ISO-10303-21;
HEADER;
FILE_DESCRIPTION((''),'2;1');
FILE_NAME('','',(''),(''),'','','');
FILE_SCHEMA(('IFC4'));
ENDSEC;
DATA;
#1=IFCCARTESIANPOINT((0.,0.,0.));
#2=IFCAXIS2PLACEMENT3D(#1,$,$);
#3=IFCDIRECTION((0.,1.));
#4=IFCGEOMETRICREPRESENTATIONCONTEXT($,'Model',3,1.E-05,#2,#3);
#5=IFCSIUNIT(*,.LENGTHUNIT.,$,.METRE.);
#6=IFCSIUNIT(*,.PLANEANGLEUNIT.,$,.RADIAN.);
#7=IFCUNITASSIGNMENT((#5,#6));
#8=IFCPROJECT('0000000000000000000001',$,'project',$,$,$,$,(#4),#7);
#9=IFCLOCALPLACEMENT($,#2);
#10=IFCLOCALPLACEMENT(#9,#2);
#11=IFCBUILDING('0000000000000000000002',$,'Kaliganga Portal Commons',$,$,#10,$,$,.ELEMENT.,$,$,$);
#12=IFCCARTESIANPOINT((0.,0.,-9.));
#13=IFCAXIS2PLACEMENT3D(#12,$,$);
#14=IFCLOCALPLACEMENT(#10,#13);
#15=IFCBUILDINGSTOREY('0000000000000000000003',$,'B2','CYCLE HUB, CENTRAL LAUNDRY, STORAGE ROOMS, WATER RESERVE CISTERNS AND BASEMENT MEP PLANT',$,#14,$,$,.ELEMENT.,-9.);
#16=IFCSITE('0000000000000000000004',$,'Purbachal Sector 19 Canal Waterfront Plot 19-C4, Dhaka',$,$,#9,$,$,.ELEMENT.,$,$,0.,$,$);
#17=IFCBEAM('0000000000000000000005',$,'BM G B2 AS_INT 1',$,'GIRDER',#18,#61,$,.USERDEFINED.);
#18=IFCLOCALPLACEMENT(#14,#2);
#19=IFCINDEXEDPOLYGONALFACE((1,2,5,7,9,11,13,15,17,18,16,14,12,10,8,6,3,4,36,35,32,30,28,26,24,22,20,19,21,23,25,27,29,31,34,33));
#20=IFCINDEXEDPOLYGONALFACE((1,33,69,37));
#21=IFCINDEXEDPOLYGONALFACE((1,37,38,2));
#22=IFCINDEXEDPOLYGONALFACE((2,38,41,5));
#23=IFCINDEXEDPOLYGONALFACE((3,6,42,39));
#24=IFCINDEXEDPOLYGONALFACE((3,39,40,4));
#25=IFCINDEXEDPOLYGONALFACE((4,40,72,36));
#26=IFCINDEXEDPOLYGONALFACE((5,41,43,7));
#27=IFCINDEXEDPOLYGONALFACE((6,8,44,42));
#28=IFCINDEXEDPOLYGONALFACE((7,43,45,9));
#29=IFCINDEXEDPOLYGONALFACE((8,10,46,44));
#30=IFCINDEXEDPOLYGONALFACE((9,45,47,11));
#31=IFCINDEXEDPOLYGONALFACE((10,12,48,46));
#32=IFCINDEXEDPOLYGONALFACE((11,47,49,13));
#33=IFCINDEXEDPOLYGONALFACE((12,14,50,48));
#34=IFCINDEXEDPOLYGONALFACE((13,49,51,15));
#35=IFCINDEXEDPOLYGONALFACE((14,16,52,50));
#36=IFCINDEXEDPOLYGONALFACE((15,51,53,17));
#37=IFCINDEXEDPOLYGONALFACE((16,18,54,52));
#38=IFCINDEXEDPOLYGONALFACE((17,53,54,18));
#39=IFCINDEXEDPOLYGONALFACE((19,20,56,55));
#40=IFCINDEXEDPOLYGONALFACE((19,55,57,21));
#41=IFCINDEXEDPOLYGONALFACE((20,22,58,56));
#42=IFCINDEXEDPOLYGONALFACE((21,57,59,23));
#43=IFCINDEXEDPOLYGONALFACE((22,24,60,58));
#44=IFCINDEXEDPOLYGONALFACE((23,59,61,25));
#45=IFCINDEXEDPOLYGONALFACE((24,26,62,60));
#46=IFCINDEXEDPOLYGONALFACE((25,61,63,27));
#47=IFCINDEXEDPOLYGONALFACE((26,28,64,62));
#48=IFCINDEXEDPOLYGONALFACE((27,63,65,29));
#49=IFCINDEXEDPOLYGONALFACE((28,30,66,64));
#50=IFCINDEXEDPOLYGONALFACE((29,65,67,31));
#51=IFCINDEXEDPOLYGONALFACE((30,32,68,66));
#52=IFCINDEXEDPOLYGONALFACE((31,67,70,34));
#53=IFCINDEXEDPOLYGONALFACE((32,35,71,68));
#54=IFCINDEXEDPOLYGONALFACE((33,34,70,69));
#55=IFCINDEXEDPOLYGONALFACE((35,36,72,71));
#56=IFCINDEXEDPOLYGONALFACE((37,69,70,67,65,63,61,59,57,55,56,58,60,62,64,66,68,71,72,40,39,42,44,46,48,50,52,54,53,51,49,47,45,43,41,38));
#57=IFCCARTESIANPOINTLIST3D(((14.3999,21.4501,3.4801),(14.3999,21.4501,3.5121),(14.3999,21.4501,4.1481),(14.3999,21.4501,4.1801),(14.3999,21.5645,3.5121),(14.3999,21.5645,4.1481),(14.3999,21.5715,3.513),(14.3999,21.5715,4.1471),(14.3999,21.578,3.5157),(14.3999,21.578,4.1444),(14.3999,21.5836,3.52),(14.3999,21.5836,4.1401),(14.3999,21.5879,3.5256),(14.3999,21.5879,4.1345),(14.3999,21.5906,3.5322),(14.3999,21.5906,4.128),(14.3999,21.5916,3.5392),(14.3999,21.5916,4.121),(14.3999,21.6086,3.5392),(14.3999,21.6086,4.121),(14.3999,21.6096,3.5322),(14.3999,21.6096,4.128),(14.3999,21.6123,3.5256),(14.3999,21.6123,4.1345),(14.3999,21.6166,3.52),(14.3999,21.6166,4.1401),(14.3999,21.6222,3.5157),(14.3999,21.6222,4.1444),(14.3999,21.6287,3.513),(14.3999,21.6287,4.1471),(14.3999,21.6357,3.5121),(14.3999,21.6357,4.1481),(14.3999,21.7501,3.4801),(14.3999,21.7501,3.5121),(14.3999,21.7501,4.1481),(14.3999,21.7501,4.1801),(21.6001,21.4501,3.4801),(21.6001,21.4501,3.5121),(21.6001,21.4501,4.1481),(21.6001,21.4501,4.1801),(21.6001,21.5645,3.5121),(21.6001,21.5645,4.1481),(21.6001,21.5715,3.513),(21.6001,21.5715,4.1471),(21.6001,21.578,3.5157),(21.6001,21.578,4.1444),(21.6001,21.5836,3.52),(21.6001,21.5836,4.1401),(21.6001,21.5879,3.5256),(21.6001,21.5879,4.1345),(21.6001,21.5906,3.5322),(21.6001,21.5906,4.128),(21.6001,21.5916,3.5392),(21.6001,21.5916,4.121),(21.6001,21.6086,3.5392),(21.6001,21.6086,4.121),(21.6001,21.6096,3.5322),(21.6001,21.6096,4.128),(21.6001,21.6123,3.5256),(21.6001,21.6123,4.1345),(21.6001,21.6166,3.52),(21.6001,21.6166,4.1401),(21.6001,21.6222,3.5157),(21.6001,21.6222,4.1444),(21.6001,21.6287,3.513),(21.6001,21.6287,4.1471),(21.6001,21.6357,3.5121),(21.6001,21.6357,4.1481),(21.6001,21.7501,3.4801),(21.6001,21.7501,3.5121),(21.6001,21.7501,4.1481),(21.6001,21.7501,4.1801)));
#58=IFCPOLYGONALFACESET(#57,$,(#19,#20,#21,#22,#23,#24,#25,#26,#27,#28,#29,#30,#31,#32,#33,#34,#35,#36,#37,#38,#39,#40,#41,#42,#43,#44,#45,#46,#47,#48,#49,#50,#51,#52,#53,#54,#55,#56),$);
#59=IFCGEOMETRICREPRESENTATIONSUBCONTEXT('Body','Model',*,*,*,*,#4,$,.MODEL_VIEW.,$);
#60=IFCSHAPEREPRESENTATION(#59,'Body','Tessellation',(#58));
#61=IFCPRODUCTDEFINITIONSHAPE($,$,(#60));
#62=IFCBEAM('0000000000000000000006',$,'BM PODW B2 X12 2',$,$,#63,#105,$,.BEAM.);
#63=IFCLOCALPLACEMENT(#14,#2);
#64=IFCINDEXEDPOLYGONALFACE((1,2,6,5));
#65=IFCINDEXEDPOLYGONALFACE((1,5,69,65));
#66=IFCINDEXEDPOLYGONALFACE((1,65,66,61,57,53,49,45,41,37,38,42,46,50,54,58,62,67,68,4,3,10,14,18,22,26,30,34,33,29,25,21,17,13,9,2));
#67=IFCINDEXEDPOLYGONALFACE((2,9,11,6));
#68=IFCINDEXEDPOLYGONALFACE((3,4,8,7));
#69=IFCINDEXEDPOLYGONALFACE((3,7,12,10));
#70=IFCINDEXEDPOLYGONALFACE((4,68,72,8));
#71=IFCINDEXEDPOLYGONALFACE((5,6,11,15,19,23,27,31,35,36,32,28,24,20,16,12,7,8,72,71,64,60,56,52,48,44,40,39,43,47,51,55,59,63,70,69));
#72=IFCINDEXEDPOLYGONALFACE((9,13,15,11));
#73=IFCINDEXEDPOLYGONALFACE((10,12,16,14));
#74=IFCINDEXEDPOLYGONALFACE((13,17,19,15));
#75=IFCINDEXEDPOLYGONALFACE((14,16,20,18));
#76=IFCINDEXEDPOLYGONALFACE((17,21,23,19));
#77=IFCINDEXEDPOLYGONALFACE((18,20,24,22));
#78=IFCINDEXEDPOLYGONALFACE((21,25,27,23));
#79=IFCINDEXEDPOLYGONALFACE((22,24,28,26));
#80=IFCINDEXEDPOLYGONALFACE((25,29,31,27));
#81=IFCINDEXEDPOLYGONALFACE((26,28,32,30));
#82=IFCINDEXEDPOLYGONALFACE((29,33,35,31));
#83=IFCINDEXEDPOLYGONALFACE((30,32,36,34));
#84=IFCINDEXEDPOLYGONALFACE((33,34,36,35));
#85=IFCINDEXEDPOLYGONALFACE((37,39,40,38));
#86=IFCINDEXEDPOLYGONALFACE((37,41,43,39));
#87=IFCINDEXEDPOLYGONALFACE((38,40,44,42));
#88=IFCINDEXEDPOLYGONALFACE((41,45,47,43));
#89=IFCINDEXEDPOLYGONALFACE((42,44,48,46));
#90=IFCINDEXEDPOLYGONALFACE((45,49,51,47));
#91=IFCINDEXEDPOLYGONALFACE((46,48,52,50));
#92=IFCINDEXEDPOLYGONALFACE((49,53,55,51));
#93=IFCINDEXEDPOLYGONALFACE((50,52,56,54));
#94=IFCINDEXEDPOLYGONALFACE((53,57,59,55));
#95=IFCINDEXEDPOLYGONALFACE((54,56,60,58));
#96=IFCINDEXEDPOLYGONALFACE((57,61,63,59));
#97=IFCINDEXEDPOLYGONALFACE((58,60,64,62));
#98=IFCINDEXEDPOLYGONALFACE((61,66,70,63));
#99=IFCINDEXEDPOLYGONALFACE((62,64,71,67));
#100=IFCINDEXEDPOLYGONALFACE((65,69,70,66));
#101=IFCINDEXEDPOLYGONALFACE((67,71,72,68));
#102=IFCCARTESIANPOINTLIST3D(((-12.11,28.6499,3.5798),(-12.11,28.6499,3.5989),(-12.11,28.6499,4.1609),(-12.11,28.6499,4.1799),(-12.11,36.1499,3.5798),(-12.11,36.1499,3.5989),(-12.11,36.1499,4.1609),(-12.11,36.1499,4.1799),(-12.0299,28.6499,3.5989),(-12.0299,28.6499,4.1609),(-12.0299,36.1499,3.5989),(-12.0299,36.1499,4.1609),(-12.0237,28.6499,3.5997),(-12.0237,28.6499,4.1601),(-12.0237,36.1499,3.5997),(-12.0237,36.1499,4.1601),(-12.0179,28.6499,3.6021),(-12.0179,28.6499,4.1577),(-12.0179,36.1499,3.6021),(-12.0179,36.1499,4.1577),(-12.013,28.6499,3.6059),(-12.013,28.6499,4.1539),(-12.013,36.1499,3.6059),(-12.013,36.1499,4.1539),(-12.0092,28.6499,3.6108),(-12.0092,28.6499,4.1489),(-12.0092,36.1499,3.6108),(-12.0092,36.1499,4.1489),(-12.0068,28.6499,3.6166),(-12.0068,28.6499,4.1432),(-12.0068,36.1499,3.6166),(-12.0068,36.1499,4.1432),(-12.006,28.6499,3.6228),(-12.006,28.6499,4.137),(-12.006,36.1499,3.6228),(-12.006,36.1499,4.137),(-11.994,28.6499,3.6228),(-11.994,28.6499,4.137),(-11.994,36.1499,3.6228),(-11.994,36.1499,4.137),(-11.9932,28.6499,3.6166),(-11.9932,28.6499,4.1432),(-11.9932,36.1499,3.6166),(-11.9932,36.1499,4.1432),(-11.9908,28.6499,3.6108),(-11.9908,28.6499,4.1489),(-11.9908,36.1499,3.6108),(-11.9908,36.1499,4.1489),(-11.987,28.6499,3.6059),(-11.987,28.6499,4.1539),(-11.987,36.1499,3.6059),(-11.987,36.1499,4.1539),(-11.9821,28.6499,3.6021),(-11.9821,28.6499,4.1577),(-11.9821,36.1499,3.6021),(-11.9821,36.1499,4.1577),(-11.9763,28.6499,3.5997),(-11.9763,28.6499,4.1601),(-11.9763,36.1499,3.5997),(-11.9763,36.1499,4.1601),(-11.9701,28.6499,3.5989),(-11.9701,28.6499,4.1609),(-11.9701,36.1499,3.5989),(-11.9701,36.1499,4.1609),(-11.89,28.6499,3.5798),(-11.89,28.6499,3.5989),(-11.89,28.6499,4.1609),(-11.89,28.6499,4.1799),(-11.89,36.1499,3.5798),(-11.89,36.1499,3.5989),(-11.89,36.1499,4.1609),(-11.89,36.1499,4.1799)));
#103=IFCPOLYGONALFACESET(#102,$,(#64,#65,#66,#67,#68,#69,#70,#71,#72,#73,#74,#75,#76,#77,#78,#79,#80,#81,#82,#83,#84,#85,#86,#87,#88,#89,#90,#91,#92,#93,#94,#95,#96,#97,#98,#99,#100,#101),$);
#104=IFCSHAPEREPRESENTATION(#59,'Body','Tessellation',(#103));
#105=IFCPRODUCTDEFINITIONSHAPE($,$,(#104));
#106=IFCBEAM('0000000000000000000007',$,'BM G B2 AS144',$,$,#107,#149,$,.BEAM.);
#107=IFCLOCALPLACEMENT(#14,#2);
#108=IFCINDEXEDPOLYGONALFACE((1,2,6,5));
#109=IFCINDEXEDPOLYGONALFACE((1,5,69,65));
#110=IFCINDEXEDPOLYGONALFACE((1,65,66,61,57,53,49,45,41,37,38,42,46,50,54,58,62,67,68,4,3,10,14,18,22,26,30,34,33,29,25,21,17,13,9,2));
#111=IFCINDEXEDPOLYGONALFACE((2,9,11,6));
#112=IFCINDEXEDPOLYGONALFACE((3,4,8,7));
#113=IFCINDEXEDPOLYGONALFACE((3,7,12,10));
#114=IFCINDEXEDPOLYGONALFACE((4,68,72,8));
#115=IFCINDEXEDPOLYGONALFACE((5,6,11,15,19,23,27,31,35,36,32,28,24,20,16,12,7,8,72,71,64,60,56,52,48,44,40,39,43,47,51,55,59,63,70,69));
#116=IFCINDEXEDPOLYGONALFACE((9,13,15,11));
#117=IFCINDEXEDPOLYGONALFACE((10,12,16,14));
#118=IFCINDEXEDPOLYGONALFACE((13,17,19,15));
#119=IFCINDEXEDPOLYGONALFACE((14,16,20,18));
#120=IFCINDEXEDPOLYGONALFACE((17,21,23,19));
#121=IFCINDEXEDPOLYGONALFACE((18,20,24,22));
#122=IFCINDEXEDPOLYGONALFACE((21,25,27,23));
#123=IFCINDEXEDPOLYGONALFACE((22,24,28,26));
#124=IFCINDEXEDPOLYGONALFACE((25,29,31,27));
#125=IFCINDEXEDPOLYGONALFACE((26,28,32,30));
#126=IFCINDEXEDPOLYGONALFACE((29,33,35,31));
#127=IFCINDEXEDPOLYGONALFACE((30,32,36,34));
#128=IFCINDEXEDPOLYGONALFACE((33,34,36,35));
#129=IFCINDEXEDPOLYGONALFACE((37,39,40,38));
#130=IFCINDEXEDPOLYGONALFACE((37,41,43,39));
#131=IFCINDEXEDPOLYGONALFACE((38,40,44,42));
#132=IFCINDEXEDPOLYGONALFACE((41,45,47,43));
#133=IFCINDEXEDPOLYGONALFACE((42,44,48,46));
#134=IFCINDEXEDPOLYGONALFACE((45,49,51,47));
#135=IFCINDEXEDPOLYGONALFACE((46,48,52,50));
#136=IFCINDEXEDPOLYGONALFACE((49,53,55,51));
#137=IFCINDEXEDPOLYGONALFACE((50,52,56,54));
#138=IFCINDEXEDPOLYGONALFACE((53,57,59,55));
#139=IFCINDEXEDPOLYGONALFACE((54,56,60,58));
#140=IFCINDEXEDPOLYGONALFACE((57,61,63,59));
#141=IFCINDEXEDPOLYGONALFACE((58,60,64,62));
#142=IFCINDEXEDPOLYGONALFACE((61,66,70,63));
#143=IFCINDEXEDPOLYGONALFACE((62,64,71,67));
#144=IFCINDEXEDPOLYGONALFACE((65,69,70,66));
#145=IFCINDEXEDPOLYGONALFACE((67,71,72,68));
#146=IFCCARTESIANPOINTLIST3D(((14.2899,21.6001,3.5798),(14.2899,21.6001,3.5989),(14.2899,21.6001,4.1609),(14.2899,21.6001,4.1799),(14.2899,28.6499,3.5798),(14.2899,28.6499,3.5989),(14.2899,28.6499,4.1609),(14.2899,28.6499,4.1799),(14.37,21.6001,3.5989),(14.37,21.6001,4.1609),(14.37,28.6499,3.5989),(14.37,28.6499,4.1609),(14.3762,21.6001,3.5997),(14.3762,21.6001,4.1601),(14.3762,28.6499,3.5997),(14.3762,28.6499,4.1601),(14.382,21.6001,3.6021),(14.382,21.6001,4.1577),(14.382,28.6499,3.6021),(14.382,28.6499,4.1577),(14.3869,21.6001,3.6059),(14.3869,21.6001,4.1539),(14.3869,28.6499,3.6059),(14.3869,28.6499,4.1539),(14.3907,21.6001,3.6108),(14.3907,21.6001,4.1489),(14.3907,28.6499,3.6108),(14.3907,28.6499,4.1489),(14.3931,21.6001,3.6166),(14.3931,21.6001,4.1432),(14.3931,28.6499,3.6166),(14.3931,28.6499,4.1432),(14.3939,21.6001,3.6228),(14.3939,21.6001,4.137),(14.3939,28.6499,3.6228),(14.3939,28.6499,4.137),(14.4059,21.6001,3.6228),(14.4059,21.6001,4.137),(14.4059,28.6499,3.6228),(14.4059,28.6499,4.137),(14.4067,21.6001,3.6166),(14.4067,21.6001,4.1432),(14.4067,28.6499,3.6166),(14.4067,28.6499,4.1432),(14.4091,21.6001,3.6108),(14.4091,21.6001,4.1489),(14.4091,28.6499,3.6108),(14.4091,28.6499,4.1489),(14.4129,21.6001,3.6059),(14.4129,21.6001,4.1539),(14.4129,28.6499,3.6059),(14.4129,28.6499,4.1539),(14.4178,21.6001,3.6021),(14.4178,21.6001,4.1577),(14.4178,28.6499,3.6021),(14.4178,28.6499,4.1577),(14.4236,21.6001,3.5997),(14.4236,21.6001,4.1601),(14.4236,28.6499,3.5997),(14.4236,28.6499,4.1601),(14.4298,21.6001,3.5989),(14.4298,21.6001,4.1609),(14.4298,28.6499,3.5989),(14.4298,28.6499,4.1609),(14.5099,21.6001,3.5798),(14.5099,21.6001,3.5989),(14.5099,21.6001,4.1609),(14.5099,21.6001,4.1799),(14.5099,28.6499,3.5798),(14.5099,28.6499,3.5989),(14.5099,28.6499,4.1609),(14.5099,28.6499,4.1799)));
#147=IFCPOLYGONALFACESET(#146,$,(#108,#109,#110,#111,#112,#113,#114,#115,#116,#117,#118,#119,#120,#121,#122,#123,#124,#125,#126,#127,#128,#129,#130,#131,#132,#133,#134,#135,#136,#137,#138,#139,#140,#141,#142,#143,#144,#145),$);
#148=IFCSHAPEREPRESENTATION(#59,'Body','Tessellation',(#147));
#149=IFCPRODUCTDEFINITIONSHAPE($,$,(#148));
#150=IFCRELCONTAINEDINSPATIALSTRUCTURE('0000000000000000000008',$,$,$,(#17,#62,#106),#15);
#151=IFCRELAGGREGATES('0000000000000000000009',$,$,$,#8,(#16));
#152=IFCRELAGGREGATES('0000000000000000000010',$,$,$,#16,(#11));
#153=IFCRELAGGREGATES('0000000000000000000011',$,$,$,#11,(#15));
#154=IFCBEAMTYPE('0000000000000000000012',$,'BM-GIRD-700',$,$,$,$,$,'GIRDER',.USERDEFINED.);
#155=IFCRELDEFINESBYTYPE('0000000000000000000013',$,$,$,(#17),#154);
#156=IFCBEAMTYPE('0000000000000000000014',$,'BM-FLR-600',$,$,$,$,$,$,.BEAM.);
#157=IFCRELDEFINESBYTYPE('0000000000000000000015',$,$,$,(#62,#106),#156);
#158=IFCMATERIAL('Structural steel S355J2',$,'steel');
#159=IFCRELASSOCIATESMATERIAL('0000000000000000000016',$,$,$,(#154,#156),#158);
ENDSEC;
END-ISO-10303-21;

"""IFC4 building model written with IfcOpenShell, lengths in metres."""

from ifc_helpers import new_model, si_unit, direction, frame, origin, origin_2d, place, context, subcontext, project, spatial, i_section, extrude, source, transform, mapped, material, material_profile, profile_set, type_object, element, save


model = new_model("IFC4")

# Units and contexts
model_context = context("Model", 3, precision=1e-05, world=origin(), true_north=direction((0.0, 1.0)))
body_context = subcontext(model_context, "Body", "Model", "MODEL_VIEW")
ifc_project = project(units=[si_unit("LENGTHUNIT", "METRE"), si_unit("PLANEANGLEUNIT", "RADIAN")], contexts=[model_context])

# Site, building, storey
site_placement = place(None, origin())
site = spatial("IfcSite", under=ifc_project, at=site_placement, Name="Purbachal Sector 19 Canal Waterfront Plot 19-C4, Dhaka", CompositionType="ELEMENT", RefElevation=0.0)
building_placement = place(site_placement, origin())
building = spatial("IfcBuilding", under=site, at=building_placement, Name="Kaliganga Portal Commons", CompositionType="ELEMENT")
storey_placement = place(building_placement, frame((0.0, 0.0, -9.0)))
storey = spatial("IfcBuildingStorey", under=building, at=storey_placement, Name="B2", Description="CYCLE HUB, CENTRAL LAUNDRY, STORAGE ROOMS, WATER RESERVE CISTERNS AND BASEMENT MEP PLANT", CompositionType="ELEMENT", Elevation=-9.0)

# Beams
ifc_material_1 = material(Name="Structural steel S355J2", Category="steel")
ifc_material_profile_1 = material_profile(ifc_material_1, i_section(OverallWidth=0.3, OverallDepth=0.7, WebThickness=0.0171, FlangeThickness=0.032, FilletRadius=0.0271, at=origin_2d()), Name="HE 700 B")
ifc_profile_set_1 = profile_set([ifc_material_profile_1], Name="Structural steel S355J2 wide-flange")
beam_type_1 = type_object("IfcBeamType", Name="BM-GIRD-700", ElementType="GIRDER", PredefinedType="USERDEFINED", material=ifc_profile_set_1)
shared_shape_1 = source(origin(), body_context, "Body", "SweptSolid", [
    extrude(i_section(OverallWidth=0.3, OverallDepth=0.7, WebThickness=0.0171, FlangeThickness=0.032, FilletRadius=0.0271, at=origin_2d()), origin(), (0.0, 0.0, 1.0), 7.2002),
])
beam_1_placement = place(storey_placement, frame((14.3999, 21.6001, 3.8301), z_axis=(1.0, 0.0, 0.0), x_axis=(0.0, 1.0, 0.0)))
element("IfcBeam", 1, at=beam_1_placement, inside=storey, type_object=beam_type_1, Name="BM G B2 AS_INT 1", ObjectType="GIRDER", PredefinedType="USERDEFINED", context=body_context, shape_type="MappedRepresentation", body=[
    mapped(shared_shape_1, transform((0.0, 0.0, 0.0), x_axis=(1.0, 0.0, 0.0), y_axis=(0.0, 1.0, 0.0), z_axis=(0.0, 0.0, 1.0), scale=1.0)),
])
ifc_material_profile_2 = material_profile(ifc_material_1, i_section(OverallWidth=0.22, OverallDepth=0.6001, WebThickness=0.012, FlangeThickness=0.019, FilletRadius=0.0239, at=origin_2d()), Name="IPE 600")
ifc_profile_set_2 = profile_set([ifc_material_profile_2], Name="Structural steel S355J2 wide-flange")
beam_type_2 = type_object("IfcBeamType", Name="BM-FLR-600", PredefinedType="BEAM", material=ifc_profile_set_2)
shared_shape_2 = source(origin(), body_context, "Body", "SweptSolid", [
    extrude(i_section(OverallWidth=0.22, OverallDepth=0.6001, WebThickness=0.012, FlangeThickness=0.019, FilletRadius=0.0239, at=origin_2d()), origin(), (0.0, 0.0, 1.0), 7.5),
])
beam_2_placement = place(storey_placement, frame((-12.0, 28.6499, 3.8799), z_axis=(0.0, 1.0, 0.0), x_axis=(-1.0, 0.0, 0.0)))
element("IfcBeam", 2, at=beam_2_placement, inside=storey, type_object=beam_type_2, Name="BM PODW B2 X12 2", PredefinedType="BEAM", context=body_context, shape_type="MappedRepresentation", body=[
    mapped(shared_shape_2, transform((0.0, 0.0, 0.0), x_axis=(1.0, 0.0, 0.0), y_axis=(0.0, 1.0, 0.0), z_axis=(0.0, 0.0, 1.0), scale=1.0)),
])
shared_shape_3 = source(origin(), body_context, "Body", "SweptSolid", [
    extrude(i_section(OverallWidth=0.22, OverallDepth=0.6001, WebThickness=0.012, FlangeThickness=0.019, FilletRadius=0.0239, at=origin_2d()), origin(), (0.0, 0.0, 1.0), 7.0498),
])
beam_3_placement = place(storey_placement, frame((14.3999, 21.6001, 3.8799), z_axis=(0.0, 1.0, 0.0), x_axis=(-1.0, 0.0, 0.0)))
element("IfcBeam", 3, at=beam_3_placement, inside=storey, type_object=beam_type_2, Name="BM G B2 AS144", PredefinedType="BEAM", context=body_context, shape_type="MappedRepresentation", body=[
    mapped(shared_shape_3, transform((0.0, 0.0, 0.0), x_axis=(1.0, 0.0, 0.0), y_axis=(0.0, 1.0, 0.0), z_axis=(0.0, 0.0, 1.0), scale=1.0)),
])

save(model, "model.ifc")
